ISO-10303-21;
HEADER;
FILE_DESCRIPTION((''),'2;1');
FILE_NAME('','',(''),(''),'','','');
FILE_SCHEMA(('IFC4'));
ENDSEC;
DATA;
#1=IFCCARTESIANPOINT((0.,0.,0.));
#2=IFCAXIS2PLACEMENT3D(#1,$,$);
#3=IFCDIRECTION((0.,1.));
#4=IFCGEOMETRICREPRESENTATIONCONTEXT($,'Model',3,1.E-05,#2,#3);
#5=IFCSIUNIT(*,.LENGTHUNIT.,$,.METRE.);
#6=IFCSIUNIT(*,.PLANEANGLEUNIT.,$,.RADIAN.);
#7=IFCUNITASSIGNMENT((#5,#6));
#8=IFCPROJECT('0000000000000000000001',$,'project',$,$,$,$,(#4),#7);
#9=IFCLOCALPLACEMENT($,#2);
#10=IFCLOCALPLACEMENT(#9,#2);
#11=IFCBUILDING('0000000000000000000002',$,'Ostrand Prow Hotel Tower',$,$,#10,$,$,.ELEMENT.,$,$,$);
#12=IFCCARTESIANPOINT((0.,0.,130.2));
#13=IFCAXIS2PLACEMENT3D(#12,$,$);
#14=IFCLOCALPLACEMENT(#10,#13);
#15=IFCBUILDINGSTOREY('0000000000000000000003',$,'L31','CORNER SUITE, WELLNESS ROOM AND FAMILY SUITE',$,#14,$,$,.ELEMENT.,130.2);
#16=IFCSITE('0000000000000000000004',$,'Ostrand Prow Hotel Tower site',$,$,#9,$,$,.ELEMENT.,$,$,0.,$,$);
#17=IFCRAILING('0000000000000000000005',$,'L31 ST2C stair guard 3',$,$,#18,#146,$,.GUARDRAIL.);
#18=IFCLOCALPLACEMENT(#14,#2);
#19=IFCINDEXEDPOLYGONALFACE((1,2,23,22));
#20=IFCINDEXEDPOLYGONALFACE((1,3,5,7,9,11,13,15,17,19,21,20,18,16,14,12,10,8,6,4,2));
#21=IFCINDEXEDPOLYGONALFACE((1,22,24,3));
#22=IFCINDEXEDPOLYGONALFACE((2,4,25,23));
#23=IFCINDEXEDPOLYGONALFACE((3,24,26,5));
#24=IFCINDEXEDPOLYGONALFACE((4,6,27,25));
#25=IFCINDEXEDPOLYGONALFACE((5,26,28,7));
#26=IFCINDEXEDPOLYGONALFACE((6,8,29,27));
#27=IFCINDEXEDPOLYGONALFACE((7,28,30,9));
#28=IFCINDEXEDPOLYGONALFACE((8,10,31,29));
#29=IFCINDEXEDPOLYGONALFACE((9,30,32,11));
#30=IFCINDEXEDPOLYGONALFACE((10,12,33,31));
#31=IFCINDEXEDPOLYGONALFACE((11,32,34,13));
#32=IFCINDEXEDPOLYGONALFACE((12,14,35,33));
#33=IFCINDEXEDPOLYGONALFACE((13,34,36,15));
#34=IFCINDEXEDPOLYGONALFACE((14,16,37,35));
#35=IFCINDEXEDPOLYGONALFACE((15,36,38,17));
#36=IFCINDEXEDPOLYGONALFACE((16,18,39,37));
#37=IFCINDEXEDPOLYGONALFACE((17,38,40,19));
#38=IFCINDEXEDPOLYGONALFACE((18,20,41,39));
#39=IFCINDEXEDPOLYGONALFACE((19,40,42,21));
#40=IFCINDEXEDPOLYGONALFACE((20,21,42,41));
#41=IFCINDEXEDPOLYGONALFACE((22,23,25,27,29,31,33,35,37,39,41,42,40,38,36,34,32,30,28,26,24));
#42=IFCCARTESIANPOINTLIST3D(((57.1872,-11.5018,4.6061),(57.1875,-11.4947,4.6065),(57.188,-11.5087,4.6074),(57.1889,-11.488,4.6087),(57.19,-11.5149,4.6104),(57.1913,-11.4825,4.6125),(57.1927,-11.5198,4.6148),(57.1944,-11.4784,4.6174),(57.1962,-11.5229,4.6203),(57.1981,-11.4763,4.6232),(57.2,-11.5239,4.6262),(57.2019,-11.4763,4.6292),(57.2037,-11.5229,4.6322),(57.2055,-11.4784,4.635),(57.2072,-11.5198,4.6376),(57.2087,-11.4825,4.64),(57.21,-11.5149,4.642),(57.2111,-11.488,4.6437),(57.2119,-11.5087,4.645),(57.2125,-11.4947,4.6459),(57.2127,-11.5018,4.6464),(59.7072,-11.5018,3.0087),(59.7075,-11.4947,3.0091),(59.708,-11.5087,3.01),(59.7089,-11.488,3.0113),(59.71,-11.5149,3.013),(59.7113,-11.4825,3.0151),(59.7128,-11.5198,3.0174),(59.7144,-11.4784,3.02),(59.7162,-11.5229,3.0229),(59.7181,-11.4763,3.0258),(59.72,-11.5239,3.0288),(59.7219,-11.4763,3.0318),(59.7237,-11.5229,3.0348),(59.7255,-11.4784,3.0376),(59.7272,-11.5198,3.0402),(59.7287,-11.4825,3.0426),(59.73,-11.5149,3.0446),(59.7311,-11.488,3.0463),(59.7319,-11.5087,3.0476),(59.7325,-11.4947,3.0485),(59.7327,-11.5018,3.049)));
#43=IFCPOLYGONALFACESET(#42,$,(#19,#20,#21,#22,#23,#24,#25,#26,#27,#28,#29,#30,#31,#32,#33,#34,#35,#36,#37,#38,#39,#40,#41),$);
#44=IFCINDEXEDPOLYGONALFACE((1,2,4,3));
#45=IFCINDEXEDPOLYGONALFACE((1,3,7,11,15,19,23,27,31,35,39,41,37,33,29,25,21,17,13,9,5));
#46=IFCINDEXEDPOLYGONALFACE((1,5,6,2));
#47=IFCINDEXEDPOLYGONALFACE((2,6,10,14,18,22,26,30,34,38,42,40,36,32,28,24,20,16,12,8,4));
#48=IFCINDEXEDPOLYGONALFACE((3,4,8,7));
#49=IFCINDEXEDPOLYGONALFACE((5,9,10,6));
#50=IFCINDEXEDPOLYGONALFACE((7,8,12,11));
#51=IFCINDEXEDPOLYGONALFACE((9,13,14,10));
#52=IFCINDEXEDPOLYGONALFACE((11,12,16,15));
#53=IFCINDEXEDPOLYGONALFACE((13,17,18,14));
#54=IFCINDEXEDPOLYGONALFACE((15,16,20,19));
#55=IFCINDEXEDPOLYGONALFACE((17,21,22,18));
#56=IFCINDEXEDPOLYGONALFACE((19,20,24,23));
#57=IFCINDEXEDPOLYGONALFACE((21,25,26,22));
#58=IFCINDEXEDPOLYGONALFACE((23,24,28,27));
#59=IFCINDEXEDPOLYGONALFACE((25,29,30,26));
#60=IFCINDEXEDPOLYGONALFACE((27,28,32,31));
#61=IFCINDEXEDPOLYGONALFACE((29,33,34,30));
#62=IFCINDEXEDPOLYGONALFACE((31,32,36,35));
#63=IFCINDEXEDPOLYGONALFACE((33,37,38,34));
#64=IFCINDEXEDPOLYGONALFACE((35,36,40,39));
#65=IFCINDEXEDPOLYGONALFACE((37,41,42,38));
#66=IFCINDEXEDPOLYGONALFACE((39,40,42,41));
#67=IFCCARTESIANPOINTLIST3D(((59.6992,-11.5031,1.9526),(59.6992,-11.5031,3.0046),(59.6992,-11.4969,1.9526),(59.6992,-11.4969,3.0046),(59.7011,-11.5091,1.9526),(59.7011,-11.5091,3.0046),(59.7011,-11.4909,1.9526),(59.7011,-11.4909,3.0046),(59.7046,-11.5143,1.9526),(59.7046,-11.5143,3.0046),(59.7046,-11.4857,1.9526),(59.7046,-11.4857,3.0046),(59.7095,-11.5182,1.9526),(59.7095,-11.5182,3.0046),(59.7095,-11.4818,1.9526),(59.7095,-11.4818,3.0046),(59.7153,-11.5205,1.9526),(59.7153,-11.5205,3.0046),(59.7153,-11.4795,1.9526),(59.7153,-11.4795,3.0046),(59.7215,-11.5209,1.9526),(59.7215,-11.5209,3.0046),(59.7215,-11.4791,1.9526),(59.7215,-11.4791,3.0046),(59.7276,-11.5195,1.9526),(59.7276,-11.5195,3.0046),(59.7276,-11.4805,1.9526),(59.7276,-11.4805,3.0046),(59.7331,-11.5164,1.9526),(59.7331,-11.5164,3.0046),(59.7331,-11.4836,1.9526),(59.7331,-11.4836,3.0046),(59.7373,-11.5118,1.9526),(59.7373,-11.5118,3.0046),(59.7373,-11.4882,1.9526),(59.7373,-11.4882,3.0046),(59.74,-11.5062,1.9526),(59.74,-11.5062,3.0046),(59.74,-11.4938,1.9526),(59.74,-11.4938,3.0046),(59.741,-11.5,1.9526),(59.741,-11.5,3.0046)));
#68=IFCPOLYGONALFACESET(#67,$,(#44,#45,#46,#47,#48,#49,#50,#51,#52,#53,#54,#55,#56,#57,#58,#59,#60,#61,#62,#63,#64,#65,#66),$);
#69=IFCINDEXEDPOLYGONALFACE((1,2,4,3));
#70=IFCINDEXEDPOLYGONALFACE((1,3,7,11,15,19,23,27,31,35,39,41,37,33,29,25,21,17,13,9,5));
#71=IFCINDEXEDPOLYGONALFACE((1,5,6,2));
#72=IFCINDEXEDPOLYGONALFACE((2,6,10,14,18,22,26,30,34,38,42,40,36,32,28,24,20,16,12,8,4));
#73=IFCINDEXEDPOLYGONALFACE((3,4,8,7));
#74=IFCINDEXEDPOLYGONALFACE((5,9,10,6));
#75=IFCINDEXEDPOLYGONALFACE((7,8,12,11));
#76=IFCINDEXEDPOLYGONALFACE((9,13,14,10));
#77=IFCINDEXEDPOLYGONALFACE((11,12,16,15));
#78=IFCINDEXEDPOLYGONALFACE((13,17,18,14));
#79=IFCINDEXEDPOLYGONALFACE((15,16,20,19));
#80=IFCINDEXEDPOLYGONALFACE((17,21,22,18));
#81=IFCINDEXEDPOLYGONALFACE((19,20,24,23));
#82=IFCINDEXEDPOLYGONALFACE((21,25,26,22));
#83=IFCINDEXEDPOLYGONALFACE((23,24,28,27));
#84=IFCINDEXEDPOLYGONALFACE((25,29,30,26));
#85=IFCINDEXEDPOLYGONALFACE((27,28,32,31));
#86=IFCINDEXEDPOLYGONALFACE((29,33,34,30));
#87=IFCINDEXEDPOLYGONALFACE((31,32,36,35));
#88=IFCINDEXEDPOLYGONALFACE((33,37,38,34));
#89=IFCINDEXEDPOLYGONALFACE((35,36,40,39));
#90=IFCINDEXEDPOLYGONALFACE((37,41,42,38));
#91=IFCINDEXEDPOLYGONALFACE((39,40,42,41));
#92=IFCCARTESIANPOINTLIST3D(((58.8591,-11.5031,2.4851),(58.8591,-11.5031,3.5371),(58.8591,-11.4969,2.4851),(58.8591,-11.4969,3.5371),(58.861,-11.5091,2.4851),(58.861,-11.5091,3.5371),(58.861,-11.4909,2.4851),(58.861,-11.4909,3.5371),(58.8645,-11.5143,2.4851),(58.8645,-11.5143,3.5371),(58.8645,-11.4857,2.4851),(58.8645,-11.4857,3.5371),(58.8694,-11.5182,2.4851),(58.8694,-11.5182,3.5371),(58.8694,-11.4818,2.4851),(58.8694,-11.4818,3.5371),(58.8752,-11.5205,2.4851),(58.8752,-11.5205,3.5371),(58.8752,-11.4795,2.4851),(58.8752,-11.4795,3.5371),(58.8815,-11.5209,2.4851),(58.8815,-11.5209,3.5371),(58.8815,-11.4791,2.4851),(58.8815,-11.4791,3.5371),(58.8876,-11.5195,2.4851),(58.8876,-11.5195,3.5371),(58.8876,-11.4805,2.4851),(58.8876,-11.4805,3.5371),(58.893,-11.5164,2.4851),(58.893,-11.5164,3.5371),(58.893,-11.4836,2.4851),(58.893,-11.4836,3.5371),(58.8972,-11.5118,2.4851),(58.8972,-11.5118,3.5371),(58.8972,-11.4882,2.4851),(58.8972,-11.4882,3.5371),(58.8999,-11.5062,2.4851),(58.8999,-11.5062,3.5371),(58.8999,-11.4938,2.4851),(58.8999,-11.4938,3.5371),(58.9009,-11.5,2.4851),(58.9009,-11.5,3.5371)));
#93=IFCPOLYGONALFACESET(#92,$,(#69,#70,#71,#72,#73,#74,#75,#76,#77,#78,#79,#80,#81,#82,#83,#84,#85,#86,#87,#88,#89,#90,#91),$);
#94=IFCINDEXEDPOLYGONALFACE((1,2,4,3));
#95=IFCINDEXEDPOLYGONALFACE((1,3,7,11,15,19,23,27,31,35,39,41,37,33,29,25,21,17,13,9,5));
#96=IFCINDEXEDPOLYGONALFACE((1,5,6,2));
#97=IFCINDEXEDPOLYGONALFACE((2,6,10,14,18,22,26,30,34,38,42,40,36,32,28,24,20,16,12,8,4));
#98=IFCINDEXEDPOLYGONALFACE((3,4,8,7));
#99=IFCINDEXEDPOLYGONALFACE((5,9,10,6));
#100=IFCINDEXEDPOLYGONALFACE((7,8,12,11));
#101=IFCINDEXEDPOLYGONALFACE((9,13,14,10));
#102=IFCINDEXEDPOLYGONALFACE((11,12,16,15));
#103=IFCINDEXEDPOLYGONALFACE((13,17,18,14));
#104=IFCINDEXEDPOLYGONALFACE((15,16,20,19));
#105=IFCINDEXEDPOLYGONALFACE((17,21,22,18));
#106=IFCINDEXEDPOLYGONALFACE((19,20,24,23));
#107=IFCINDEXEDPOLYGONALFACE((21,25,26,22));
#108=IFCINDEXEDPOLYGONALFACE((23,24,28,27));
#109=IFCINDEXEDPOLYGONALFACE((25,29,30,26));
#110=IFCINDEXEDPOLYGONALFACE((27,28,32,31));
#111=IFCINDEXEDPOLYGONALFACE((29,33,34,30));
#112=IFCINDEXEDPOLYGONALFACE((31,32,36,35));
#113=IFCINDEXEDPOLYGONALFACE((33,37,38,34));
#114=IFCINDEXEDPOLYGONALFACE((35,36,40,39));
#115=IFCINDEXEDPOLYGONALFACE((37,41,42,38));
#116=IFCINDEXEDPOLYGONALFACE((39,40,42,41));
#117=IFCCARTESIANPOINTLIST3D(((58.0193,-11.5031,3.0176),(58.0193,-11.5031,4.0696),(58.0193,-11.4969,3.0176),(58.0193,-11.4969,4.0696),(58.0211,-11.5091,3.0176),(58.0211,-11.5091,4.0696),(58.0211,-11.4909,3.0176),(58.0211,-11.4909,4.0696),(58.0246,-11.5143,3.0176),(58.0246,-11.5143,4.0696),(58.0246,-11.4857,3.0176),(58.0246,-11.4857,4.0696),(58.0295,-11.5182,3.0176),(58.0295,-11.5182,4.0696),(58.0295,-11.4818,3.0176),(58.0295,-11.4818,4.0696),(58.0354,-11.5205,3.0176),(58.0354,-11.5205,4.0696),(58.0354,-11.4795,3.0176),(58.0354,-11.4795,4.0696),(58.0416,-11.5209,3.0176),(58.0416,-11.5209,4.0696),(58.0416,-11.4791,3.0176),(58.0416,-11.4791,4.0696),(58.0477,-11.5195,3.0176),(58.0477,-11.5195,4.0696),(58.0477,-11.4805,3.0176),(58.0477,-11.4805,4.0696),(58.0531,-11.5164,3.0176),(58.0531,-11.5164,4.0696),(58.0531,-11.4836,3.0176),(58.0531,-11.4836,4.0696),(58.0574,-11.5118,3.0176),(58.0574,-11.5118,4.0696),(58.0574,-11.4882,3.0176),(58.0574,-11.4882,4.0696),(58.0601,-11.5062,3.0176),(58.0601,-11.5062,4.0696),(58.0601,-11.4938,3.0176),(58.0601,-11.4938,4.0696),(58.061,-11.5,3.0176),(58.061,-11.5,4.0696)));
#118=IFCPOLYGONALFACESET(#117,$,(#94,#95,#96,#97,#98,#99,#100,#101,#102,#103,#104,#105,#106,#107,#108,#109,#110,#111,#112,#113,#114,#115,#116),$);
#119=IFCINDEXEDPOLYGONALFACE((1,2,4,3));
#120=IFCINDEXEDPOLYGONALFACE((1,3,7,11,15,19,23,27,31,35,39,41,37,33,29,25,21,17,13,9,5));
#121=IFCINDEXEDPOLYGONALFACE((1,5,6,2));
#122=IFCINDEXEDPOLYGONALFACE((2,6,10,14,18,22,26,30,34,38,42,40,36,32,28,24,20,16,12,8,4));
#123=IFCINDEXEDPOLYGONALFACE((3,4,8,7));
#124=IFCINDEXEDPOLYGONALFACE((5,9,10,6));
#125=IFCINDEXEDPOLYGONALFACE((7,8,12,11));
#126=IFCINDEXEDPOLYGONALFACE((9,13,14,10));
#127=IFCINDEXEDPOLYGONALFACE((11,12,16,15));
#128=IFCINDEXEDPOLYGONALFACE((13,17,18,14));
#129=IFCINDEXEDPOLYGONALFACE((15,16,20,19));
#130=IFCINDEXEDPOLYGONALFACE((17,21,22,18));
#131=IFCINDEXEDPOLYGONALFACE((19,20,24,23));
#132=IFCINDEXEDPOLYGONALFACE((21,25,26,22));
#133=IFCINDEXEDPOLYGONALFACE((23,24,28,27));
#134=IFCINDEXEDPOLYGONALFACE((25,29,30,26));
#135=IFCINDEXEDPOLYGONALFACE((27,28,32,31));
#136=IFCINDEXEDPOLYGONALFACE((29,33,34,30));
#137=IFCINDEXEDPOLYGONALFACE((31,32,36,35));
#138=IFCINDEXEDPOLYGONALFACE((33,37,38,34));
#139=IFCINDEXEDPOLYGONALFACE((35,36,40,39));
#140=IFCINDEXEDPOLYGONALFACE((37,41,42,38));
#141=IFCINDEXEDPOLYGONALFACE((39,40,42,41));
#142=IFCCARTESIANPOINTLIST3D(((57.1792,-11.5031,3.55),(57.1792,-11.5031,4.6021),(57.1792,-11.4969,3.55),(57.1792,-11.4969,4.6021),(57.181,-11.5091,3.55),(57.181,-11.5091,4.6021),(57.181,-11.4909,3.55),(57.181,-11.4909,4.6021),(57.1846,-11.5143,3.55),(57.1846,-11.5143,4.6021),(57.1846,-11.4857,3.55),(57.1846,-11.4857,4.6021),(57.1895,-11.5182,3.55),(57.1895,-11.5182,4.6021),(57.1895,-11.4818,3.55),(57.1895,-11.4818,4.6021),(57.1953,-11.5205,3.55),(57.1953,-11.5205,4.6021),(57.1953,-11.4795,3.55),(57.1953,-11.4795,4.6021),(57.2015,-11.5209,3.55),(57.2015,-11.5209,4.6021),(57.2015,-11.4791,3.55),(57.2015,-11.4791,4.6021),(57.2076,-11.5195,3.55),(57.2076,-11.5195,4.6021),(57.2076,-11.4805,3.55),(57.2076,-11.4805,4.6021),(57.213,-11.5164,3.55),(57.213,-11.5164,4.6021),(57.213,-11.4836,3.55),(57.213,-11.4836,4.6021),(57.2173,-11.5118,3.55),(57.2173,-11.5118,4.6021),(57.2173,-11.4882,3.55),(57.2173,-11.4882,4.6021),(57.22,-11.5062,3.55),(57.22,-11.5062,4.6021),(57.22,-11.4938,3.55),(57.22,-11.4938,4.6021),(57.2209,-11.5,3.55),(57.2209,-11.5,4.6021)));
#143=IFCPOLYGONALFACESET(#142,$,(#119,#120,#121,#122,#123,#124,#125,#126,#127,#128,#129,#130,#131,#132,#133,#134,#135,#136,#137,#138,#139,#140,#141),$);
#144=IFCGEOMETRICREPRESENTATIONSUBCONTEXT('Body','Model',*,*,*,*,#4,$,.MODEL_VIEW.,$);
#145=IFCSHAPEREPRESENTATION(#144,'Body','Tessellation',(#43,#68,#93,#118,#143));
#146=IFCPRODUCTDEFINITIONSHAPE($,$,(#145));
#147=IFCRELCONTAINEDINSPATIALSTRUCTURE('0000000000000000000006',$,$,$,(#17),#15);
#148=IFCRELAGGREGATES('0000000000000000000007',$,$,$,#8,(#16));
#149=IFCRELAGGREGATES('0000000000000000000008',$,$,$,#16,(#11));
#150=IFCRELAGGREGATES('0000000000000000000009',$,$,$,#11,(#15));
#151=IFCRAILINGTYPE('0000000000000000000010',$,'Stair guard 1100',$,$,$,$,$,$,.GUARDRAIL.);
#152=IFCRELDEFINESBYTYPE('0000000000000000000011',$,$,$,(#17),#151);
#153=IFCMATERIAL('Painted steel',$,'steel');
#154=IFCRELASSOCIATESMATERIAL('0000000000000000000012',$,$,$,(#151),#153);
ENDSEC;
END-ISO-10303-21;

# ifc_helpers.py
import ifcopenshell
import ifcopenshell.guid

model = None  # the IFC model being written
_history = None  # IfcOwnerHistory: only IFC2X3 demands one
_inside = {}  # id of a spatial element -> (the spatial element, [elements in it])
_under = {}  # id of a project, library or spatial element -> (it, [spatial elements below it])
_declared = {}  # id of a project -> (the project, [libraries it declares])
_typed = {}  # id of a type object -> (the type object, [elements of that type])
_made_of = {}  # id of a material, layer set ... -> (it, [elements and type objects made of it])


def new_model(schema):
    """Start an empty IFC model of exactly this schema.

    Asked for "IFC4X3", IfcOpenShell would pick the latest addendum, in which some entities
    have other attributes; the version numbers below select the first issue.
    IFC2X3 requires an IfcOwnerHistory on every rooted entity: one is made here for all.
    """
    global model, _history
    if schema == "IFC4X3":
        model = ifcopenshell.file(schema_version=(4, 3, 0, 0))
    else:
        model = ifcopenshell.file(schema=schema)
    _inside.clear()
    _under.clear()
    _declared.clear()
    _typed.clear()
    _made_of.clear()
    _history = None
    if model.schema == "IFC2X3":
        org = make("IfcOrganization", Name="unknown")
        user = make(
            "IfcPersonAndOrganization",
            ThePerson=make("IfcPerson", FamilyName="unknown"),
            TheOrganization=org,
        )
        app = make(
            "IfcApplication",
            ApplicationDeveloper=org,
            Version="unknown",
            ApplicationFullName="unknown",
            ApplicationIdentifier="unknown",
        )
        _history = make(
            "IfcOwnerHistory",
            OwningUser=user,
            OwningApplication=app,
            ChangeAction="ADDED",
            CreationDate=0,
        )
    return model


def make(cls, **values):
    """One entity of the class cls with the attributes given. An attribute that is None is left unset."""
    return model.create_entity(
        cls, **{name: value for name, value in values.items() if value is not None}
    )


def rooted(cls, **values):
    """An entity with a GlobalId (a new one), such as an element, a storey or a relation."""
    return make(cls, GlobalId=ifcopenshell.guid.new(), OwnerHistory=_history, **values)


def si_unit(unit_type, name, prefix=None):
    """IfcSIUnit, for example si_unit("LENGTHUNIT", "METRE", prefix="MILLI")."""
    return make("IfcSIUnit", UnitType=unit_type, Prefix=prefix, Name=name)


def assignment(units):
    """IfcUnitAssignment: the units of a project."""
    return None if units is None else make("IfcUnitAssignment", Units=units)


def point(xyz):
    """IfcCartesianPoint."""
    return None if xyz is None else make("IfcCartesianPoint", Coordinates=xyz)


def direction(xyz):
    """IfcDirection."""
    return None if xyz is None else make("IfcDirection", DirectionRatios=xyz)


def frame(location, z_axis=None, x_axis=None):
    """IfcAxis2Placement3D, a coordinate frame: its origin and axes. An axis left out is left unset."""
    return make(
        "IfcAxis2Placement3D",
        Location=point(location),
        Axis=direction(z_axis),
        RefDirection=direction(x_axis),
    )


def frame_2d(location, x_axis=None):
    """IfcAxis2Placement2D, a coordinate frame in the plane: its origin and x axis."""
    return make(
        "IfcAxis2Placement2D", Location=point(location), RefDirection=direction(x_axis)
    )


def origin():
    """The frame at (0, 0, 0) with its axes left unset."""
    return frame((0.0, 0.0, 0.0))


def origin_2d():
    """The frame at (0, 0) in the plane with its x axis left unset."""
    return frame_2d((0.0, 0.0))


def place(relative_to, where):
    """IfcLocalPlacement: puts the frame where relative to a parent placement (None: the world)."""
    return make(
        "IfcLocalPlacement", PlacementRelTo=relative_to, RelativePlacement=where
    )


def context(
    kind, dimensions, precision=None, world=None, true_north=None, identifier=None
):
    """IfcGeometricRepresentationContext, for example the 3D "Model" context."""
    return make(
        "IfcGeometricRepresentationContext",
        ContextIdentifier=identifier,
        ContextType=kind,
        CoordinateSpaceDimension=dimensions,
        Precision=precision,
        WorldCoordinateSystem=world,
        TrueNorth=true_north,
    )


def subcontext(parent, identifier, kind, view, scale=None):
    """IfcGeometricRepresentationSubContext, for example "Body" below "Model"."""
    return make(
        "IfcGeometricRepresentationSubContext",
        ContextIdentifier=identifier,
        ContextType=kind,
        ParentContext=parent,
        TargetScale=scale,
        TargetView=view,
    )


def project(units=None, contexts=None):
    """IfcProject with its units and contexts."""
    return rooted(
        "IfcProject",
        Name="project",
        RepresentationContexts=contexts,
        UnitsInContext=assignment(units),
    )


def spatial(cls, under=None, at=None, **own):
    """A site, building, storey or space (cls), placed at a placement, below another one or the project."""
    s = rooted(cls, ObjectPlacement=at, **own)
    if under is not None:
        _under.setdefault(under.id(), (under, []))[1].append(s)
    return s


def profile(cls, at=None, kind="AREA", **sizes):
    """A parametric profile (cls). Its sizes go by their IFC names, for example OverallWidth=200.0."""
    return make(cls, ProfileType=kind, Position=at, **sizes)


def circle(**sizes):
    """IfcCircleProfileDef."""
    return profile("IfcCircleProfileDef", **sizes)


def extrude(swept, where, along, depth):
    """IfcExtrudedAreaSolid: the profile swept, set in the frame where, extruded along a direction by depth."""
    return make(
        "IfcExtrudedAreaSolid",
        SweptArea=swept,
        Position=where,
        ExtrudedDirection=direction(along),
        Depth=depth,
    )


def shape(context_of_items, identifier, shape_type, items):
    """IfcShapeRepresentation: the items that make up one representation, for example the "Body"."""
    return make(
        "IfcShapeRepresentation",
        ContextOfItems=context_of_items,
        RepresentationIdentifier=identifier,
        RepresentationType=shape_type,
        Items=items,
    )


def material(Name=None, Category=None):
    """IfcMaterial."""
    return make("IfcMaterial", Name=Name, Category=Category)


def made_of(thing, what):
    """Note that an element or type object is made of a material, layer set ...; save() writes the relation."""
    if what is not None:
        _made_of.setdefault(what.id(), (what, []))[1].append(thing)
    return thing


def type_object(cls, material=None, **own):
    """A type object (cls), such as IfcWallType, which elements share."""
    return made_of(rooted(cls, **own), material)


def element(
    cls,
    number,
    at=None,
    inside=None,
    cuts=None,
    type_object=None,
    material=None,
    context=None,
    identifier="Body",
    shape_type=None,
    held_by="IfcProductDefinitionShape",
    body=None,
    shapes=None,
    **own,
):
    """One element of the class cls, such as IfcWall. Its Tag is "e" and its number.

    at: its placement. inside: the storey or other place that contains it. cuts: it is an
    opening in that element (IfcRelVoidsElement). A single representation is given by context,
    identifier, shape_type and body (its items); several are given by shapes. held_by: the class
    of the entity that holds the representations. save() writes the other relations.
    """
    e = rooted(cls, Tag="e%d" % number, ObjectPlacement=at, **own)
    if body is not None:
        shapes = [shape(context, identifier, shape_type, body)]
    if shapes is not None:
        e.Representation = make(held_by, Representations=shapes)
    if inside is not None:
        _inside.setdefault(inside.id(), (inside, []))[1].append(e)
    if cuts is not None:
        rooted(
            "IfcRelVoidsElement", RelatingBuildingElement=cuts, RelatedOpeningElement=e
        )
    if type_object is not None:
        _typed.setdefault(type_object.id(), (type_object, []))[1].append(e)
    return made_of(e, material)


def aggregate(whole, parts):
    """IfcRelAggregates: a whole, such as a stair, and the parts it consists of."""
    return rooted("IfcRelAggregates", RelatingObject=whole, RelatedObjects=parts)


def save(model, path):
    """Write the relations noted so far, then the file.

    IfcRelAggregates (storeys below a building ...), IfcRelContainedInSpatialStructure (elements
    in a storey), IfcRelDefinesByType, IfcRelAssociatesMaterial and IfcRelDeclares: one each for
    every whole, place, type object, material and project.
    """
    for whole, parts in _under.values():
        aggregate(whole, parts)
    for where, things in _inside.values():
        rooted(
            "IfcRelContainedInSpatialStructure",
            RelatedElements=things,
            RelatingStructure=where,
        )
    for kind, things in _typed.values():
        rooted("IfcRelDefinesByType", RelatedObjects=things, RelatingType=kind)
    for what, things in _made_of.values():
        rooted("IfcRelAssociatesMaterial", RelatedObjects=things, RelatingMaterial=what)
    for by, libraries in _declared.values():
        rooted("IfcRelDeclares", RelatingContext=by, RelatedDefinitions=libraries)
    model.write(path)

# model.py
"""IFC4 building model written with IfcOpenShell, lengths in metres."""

from ifc_helpers import new_model, si_unit, direction, frame, origin, origin_2d, place, context, subcontext, project, spatial, circle, extrude, material, type_object, element, save


model = new_model("IFC4")

# Units and contexts
model_context = context("Model", 3, precision=1e-05, world=origin(), true_north=direction((0.0, 1.0)))
body_context = subcontext(model_context, "Body", "Model", "MODEL_VIEW")
ifc_project = project(units=[si_unit("LENGTHUNIT", "METRE"), si_unit("PLANEANGLEUNIT", "RADIAN")], contexts=[model_context])

# Site, building, storey
site_placement = place(None, origin())
site = spatial("IfcSite", under=ifc_project, at=site_placement, Name="Ostrand Prow Hotel Tower site", CompositionType="ELEMENT", RefElevation=0.0)
building_placement = place(site_placement, origin())
building = spatial("IfcBuilding", under=site, at=building_placement, Name="Ostrand Prow Hotel Tower", CompositionType="ELEMENT")
storey_placement = place(building_placement, frame((0.0, 0.0, 130.2)))
storey = spatial("IfcBuildingStorey", under=building, at=storey_placement, Name="L31", Description="CORNER SUITE, WELLNESS ROOM AND FAMILY SUITE", CompositionType="ELEMENT", Elevation=130.2)

# Railing
ifc_material_1 = material(Name="Painted steel", Category="steel")
railing_type_1 = type_object("IfcRailingType", Name="Stair guard 1100", PredefinedType="GUARDRAIL", material=ifc_material_1)
railing_1_placement = place(storey_placement, frame((59.72, -11.5, 1.9526)))
element("IfcRailing", 1, at=railing_1_placement, inside=storey, type_object=railing_type_1, Name="L31 ST2C stair guard 3", PredefinedType="GUARDRAIL", context=body_context, shape_type="SweptSolid", body=[
    extrude(circle(Radius=0.0239, at=origin_2d()), frame((0.0, 0.0, 1.0762), z_axis=(-0.844607, 0.0, 0.535387), x_axis=(0.0, -1.0, 0.0)), (0.0, 0.0, 1.0), 2.9836),
    extrude(circle(Radius=0.021, at=origin_2d()), origin(), (0.0, 0.0, 1.0), 1.052),
    extrude(circle(Radius=0.021, at=origin_2d()), frame((-0.8401, 0.0, 0.5325)), (0.0, 0.0, 1.0), 1.052),
    extrude(circle(Radius=0.021, at=origin_2d()), frame((-1.6799, 0.0, 1.0649)), (0.0, 0.0, 1.0), 1.052),
    extrude(circle(Radius=0.021, at=origin_2d()), frame((-2.52, 0.0, 1.5974)), (0.0, 0.0, 1.0), 1.052),
])

save(model, "model.ifc")
